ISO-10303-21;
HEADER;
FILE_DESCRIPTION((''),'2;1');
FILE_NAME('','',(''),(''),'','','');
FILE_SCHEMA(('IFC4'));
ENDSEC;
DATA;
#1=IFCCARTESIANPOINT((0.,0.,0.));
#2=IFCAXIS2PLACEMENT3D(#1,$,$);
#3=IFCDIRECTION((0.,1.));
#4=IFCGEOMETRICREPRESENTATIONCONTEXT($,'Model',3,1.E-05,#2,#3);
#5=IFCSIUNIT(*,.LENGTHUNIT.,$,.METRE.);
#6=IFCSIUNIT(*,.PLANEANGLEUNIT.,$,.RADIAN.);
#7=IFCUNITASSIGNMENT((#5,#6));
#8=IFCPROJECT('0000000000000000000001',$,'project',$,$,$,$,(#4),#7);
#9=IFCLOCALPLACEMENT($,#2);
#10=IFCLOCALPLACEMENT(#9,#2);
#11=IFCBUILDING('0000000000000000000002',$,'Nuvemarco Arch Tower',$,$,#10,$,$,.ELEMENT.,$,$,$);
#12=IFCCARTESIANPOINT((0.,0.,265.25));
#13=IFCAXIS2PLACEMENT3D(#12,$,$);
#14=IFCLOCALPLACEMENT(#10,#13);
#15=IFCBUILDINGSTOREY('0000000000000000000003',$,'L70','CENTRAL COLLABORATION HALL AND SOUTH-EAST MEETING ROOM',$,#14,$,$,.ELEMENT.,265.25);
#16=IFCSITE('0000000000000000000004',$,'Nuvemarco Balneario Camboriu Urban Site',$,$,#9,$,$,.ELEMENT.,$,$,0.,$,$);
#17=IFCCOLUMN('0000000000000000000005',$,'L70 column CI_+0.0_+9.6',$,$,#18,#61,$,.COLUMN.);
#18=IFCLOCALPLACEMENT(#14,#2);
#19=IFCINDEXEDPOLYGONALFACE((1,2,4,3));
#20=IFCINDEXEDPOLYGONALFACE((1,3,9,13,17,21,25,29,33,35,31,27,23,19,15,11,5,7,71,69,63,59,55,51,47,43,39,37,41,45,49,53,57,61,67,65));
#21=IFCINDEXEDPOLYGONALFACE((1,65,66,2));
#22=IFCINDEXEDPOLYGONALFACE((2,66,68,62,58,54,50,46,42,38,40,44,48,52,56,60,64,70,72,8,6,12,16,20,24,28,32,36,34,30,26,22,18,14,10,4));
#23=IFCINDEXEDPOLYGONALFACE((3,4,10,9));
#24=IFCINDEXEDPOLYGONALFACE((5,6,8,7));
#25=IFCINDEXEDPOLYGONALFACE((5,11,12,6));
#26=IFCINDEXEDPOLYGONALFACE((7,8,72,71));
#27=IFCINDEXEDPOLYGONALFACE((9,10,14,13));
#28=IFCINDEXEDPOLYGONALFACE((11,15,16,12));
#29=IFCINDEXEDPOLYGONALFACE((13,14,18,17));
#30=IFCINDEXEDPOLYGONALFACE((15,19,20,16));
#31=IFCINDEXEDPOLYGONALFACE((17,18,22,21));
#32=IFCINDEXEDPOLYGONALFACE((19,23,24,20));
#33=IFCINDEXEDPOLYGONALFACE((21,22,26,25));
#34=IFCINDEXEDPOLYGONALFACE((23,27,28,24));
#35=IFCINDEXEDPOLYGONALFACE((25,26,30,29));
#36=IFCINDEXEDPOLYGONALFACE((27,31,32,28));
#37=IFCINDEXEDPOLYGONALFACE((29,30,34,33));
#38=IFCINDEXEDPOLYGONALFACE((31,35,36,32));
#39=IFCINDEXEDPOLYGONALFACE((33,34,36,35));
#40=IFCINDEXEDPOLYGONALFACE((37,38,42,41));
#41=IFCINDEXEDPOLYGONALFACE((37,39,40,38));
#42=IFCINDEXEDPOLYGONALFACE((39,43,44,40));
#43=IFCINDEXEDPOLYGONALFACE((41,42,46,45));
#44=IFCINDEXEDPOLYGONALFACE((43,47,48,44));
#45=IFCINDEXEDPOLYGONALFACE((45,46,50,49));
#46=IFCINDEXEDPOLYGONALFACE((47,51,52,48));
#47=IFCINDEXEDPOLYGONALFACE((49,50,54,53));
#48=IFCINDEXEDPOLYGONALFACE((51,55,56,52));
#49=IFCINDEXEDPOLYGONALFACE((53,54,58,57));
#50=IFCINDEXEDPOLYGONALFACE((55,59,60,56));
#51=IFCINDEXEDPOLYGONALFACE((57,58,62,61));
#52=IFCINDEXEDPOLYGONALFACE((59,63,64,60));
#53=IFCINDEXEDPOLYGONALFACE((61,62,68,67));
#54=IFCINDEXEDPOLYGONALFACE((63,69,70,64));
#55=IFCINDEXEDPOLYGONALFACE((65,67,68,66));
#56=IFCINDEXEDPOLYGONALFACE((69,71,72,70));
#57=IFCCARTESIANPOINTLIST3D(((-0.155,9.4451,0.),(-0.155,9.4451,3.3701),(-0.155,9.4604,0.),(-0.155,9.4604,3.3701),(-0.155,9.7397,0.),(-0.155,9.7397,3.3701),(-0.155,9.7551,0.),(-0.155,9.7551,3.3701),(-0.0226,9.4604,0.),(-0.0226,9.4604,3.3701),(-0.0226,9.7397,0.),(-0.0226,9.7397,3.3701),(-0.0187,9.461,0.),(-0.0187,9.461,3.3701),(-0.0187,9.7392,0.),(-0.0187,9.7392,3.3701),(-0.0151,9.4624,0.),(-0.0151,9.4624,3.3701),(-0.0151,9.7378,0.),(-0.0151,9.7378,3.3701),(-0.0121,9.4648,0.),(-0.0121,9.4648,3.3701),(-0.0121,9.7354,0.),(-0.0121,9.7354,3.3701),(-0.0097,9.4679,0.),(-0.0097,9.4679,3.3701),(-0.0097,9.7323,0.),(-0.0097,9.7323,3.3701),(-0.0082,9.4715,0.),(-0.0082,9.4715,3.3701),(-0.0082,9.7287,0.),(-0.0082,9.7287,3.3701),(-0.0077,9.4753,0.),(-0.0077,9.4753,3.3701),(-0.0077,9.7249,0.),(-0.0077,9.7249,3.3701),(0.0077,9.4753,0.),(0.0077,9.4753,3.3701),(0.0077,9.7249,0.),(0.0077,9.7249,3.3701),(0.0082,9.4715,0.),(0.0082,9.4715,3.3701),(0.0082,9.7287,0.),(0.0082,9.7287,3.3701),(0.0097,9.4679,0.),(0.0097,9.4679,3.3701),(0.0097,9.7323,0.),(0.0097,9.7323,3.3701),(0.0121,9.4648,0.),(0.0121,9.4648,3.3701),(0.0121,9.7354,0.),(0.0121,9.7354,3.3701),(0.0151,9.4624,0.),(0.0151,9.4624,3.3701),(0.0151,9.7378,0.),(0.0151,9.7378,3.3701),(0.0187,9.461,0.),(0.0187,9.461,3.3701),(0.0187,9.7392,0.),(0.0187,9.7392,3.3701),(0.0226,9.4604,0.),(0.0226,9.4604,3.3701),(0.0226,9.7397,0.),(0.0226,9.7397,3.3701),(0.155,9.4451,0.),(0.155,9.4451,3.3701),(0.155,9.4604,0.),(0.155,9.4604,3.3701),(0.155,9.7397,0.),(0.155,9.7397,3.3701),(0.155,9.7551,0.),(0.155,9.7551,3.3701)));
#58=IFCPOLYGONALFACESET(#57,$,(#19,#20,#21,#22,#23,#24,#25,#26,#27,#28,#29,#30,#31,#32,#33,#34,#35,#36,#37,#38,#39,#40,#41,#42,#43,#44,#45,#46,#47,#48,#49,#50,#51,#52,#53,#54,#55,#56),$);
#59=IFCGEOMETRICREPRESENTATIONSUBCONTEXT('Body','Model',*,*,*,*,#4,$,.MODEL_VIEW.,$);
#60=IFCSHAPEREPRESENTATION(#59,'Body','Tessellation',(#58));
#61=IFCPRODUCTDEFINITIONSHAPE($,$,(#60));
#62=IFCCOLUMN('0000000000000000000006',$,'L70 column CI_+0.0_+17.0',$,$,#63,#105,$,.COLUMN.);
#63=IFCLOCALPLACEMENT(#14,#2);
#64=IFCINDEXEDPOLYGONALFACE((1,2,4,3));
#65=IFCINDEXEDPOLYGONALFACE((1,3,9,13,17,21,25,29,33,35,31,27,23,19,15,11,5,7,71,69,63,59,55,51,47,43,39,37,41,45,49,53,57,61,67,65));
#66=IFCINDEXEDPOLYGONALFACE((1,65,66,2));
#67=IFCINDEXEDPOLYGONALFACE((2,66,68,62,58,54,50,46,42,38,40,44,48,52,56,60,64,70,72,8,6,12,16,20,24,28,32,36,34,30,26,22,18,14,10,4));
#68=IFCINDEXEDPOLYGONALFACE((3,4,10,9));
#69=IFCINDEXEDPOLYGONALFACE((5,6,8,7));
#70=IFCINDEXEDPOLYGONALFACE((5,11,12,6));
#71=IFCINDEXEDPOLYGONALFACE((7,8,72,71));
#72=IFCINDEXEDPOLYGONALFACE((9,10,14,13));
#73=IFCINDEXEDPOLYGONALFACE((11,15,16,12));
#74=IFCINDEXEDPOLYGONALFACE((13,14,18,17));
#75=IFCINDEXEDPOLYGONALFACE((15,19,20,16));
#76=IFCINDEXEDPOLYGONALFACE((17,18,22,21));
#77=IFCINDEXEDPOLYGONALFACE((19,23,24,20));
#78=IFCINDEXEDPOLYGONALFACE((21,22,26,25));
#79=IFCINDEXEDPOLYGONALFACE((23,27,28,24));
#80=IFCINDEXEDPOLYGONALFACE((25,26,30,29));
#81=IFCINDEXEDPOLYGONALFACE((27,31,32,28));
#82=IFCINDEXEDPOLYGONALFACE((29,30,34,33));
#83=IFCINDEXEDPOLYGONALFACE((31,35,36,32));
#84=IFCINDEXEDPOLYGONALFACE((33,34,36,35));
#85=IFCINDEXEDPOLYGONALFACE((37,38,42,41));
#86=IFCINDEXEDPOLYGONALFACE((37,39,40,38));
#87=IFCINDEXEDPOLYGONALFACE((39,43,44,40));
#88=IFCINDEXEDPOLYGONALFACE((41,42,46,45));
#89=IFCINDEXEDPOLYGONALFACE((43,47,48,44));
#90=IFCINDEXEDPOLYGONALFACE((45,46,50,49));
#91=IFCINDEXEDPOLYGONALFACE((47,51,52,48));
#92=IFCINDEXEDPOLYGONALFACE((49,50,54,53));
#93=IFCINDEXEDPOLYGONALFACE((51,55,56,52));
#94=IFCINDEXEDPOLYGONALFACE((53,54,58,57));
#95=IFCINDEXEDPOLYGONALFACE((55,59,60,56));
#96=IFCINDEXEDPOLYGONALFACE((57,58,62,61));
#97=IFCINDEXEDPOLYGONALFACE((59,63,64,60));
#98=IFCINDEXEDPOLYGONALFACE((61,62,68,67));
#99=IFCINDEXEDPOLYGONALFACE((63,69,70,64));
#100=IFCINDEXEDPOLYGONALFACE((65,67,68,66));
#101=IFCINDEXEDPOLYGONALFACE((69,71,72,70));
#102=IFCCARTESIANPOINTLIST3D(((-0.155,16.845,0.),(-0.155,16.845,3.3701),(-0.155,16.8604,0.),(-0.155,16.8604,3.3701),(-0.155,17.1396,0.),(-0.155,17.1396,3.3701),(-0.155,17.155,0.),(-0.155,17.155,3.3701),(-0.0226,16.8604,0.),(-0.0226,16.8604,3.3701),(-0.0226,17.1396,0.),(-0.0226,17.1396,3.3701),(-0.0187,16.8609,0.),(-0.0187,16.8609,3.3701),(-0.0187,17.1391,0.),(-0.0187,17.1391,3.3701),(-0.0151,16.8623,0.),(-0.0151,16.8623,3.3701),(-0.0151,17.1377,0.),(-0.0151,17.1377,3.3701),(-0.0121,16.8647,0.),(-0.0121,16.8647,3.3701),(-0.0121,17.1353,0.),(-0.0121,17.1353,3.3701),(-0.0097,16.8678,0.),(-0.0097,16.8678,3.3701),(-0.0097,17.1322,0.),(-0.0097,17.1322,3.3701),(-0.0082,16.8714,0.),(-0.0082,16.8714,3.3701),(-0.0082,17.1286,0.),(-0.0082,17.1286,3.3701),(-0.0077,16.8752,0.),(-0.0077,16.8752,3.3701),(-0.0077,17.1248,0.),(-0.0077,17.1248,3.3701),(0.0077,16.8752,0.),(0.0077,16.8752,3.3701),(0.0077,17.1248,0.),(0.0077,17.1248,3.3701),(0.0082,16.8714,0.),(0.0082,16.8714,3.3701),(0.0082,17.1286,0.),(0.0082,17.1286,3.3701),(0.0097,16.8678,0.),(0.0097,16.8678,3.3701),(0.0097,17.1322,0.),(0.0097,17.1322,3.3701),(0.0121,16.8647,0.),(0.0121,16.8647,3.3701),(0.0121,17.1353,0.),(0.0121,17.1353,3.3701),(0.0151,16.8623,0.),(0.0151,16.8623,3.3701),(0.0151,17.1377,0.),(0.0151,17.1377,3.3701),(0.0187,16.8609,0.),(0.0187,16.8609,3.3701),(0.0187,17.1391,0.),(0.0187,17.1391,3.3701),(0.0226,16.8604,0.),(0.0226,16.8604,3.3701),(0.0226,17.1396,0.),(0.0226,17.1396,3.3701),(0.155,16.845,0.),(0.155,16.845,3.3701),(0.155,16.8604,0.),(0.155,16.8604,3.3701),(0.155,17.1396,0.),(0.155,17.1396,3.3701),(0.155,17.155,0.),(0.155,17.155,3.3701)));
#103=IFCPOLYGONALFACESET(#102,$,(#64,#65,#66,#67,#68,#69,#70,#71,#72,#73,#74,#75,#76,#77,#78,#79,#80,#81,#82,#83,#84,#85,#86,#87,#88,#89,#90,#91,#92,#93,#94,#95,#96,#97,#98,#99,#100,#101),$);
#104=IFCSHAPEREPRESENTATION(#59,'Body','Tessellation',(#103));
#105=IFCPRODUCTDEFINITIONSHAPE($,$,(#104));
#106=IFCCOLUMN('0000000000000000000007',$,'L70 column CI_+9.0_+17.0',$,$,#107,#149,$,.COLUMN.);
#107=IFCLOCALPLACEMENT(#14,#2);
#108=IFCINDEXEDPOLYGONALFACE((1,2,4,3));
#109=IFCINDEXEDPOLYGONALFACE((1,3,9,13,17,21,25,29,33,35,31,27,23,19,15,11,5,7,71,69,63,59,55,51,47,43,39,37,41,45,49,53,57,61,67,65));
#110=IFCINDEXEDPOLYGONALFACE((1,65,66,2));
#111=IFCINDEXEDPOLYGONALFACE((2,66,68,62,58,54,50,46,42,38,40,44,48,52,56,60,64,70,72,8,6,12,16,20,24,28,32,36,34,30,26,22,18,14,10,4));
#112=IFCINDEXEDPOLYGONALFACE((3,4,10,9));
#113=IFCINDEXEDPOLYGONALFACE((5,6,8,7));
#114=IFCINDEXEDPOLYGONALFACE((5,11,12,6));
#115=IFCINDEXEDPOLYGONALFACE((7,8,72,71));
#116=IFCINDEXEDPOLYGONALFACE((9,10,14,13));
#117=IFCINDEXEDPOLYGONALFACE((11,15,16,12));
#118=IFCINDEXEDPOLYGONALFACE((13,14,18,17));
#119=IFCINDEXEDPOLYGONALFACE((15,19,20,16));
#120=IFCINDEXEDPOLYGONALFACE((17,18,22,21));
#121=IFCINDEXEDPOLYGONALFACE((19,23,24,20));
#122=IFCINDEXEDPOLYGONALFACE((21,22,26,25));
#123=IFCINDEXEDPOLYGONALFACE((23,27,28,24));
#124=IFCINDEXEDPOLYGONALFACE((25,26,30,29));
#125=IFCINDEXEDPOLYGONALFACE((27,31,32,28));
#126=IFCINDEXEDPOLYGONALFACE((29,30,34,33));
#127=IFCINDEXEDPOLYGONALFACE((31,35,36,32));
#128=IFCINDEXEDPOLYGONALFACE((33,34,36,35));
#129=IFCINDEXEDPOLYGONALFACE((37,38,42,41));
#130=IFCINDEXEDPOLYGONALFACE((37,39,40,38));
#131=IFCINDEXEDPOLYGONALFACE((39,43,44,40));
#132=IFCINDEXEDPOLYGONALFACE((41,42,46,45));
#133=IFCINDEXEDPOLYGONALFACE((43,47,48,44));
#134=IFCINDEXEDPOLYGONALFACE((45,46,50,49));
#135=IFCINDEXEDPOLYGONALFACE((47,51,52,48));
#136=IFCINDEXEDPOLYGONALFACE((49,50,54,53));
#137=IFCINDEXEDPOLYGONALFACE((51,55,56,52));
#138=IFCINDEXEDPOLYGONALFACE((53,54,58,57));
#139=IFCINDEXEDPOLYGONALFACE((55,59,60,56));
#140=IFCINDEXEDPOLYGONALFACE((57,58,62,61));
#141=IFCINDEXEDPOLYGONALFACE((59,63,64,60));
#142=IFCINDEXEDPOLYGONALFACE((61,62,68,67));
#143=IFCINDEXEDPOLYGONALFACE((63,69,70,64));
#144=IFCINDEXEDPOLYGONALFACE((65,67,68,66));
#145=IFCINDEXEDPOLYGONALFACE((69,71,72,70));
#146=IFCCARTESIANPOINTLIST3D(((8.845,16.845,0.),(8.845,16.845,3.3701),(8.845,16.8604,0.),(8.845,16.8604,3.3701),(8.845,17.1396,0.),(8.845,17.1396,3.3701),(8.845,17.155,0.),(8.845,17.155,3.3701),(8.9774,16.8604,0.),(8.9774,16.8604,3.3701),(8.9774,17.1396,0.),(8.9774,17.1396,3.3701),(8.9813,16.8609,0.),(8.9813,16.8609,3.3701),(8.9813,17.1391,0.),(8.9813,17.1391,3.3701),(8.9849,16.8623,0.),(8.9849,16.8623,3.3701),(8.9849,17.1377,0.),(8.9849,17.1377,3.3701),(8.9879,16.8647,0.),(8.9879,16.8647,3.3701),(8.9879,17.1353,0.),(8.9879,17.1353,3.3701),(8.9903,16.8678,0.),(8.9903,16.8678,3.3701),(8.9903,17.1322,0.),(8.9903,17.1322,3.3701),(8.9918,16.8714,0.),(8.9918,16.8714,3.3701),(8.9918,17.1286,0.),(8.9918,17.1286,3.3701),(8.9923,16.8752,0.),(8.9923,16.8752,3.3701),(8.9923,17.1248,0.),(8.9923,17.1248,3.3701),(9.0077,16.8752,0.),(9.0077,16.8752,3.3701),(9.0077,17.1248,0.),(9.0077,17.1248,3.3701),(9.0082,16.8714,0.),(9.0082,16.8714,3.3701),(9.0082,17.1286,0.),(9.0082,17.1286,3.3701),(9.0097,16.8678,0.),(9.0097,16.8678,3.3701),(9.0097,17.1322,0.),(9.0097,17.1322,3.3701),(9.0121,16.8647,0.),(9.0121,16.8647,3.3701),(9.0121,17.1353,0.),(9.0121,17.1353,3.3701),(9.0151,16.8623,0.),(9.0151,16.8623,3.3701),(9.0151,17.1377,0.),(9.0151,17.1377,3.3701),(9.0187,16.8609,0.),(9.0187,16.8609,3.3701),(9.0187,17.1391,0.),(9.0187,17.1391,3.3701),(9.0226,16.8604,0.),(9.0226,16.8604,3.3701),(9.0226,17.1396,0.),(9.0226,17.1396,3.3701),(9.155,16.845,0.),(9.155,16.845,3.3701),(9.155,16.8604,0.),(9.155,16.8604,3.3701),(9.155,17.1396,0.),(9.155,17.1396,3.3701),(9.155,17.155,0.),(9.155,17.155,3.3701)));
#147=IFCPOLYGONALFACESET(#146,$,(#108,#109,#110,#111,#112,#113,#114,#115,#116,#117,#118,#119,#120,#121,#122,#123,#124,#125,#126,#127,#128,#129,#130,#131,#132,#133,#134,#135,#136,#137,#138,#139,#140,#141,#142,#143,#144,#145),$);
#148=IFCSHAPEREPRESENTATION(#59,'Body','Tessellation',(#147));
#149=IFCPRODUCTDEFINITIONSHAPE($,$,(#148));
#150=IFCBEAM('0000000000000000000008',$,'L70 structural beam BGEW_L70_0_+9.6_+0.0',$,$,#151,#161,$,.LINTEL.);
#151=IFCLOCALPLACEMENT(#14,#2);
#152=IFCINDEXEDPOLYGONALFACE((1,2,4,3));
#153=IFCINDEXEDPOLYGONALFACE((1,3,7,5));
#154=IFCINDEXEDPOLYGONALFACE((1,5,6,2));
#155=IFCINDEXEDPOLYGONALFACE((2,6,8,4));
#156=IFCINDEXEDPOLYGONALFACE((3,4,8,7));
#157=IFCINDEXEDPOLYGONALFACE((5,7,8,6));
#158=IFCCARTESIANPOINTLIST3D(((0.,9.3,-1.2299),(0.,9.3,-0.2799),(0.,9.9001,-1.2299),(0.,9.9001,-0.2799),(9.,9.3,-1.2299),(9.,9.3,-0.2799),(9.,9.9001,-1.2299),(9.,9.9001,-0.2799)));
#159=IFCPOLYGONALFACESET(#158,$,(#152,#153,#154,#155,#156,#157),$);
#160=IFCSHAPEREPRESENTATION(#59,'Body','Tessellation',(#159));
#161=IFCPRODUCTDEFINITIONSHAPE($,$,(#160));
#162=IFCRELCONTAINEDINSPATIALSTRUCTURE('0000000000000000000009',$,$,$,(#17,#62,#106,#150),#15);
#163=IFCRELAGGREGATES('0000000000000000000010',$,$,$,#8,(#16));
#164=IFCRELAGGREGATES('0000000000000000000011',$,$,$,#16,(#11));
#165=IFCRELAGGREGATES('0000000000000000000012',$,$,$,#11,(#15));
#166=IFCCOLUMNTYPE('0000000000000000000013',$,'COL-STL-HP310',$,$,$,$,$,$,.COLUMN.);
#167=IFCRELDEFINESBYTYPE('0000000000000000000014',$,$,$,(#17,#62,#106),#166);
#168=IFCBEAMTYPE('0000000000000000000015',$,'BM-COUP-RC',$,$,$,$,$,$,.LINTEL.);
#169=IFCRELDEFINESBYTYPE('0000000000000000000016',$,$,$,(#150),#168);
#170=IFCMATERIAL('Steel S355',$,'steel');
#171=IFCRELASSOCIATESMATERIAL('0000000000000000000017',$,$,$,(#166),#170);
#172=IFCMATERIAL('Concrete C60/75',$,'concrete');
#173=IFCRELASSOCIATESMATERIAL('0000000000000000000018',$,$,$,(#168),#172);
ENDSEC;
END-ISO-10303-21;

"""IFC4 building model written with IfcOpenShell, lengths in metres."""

from ifc_helpers import new_model, si_unit, direction, frame, origin, origin_2d, place, context, subcontext, project, spatial, rectangle, i_section, extrude, material, material_profile, profile_set, type_object, element, save


model = new_model("IFC4")

# Units and contexts
model_context = context("Model", 3, precision=1e-05, world=origin(), true_north=direction((0.0, 1.0)))
body_context = subcontext(model_context, "Body", "Model", "MODEL_VIEW")
ifc_project = project(units=[si_unit("LENGTHUNIT", "METRE"), si_unit("PLANEANGLEUNIT", "RADIAN")], contexts=[model_context])

# Site, building, storey
site_placement = place(None, origin())
site = spatial("IfcSite", under=ifc_project, at=site_placement, Name="Nuvemarco Balneario Camboriu Urban Site", CompositionType="ELEMENT", RefElevation=0.0)
building_placement = place(site_placement, origin())
building = spatial("IfcBuilding", under=site, at=building_placement, Name="Nuvemarco Arch Tower", CompositionType="ELEMENT")
storey_placement = place(building_placement, frame((0.0, 0.0, 265.25)))
storey = spatial("IfcBuildingStorey", under=building, at=storey_placement, Name="L70", Description="CENTRAL COLLABORATION HALL AND SOUTH-EAST MEETING ROOM", CompositionType="ELEMENT", Elevation=265.25)

# Columns
ifc_material_1 = material(Name="Steel S355", Category="steel")
ifc_material_profile_1 = material_profile(ifc_material_1, i_section(OverallWidth=0.3101, OverallDepth=0.3101, WebThickness=0.0154, FlangeThickness=0.0154, FilletRadius=0.0149, at=origin_2d()), Name="HP310x110")
ifc_profile_set_1 = profile_set([ifc_material_profile_1], Name="Steel S355")
column_type_1 = type_object("IfcColumnType", Name="COL-STL-HP310", PredefinedType="COLUMN", material=ifc_profile_set_1)
for number, where, z_axis, x_axis, name in (
    (1, (0.0, 9.6001, 0.0), (0.0, 0.0, 1.0), (1.0, 0.0, 0.0), "L70 column CI_+0.0_+9.6"),
    (2, (0.0, 17.0, 0.0), (0.0, 0.0, 1.0), (1.0, 0.0, 0.0), "L70 column CI_+0.0_+17.0"),
    (3, (9.0, 17.0, 0.0), (0.0, 0.0, 1.0), (1.0, 0.0, 0.0), "L70 column CI_+9.0_+17.0"),
):
    element("IfcColumn", number, at=place(storey_placement, frame(where, z_axis=z_axis, x_axis=x_axis)), inside=storey, type_object=column_type_1, Name=name, PredefinedType="COLUMN", context=body_context, shape_type="SweptSolid", body=[
        extrude(i_section(OverallWidth=0.3101, OverallDepth=0.3101, WebThickness=0.0154, FlangeThickness=0.0154, FilletRadius=0.0149, at=origin_2d()), origin(), (0.0, 0.0, 1.0), 3.3701),
    ])

# Beam
ifc_material_2 = material(Name="Concrete C60/75", Category="concrete")
ifc_material_profile_2 = material_profile(ifc_material_2, rectangle(XDim=0.6001, YDim=0.95, at=origin_2d()), Name="RC-BM-600x950")
ifc_profile_set_2 = profile_set([ifc_material_profile_2], Name="Concrete C60/75")
beam_type_1 = type_object("IfcBeamType", Name="BM-COUP-RC", PredefinedType="LINTEL", material=ifc_profile_set_2)
beam_1_placement = place(storey_placement, frame((0.0, 9.6001, -0.7549), z_axis=(1.0, 0.0, 0.0), x_axis=(0.0, 1.0, 0.0)))
element("IfcBeam", 4, at=beam_1_placement, inside=storey, type_object=beam_type_1, Name="L70 structural beam BGEW_L70_0_+9.6_+0.0", PredefinedType="LINTEL", context=body_context, shape_type="SweptSolid", body=[
    extrude(rectangle(XDim=0.6001, YDim=0.95, at=origin_2d()), origin(), (0.0, 0.0, 1.0), 9.0),
])

save(model, "model.ifc")
